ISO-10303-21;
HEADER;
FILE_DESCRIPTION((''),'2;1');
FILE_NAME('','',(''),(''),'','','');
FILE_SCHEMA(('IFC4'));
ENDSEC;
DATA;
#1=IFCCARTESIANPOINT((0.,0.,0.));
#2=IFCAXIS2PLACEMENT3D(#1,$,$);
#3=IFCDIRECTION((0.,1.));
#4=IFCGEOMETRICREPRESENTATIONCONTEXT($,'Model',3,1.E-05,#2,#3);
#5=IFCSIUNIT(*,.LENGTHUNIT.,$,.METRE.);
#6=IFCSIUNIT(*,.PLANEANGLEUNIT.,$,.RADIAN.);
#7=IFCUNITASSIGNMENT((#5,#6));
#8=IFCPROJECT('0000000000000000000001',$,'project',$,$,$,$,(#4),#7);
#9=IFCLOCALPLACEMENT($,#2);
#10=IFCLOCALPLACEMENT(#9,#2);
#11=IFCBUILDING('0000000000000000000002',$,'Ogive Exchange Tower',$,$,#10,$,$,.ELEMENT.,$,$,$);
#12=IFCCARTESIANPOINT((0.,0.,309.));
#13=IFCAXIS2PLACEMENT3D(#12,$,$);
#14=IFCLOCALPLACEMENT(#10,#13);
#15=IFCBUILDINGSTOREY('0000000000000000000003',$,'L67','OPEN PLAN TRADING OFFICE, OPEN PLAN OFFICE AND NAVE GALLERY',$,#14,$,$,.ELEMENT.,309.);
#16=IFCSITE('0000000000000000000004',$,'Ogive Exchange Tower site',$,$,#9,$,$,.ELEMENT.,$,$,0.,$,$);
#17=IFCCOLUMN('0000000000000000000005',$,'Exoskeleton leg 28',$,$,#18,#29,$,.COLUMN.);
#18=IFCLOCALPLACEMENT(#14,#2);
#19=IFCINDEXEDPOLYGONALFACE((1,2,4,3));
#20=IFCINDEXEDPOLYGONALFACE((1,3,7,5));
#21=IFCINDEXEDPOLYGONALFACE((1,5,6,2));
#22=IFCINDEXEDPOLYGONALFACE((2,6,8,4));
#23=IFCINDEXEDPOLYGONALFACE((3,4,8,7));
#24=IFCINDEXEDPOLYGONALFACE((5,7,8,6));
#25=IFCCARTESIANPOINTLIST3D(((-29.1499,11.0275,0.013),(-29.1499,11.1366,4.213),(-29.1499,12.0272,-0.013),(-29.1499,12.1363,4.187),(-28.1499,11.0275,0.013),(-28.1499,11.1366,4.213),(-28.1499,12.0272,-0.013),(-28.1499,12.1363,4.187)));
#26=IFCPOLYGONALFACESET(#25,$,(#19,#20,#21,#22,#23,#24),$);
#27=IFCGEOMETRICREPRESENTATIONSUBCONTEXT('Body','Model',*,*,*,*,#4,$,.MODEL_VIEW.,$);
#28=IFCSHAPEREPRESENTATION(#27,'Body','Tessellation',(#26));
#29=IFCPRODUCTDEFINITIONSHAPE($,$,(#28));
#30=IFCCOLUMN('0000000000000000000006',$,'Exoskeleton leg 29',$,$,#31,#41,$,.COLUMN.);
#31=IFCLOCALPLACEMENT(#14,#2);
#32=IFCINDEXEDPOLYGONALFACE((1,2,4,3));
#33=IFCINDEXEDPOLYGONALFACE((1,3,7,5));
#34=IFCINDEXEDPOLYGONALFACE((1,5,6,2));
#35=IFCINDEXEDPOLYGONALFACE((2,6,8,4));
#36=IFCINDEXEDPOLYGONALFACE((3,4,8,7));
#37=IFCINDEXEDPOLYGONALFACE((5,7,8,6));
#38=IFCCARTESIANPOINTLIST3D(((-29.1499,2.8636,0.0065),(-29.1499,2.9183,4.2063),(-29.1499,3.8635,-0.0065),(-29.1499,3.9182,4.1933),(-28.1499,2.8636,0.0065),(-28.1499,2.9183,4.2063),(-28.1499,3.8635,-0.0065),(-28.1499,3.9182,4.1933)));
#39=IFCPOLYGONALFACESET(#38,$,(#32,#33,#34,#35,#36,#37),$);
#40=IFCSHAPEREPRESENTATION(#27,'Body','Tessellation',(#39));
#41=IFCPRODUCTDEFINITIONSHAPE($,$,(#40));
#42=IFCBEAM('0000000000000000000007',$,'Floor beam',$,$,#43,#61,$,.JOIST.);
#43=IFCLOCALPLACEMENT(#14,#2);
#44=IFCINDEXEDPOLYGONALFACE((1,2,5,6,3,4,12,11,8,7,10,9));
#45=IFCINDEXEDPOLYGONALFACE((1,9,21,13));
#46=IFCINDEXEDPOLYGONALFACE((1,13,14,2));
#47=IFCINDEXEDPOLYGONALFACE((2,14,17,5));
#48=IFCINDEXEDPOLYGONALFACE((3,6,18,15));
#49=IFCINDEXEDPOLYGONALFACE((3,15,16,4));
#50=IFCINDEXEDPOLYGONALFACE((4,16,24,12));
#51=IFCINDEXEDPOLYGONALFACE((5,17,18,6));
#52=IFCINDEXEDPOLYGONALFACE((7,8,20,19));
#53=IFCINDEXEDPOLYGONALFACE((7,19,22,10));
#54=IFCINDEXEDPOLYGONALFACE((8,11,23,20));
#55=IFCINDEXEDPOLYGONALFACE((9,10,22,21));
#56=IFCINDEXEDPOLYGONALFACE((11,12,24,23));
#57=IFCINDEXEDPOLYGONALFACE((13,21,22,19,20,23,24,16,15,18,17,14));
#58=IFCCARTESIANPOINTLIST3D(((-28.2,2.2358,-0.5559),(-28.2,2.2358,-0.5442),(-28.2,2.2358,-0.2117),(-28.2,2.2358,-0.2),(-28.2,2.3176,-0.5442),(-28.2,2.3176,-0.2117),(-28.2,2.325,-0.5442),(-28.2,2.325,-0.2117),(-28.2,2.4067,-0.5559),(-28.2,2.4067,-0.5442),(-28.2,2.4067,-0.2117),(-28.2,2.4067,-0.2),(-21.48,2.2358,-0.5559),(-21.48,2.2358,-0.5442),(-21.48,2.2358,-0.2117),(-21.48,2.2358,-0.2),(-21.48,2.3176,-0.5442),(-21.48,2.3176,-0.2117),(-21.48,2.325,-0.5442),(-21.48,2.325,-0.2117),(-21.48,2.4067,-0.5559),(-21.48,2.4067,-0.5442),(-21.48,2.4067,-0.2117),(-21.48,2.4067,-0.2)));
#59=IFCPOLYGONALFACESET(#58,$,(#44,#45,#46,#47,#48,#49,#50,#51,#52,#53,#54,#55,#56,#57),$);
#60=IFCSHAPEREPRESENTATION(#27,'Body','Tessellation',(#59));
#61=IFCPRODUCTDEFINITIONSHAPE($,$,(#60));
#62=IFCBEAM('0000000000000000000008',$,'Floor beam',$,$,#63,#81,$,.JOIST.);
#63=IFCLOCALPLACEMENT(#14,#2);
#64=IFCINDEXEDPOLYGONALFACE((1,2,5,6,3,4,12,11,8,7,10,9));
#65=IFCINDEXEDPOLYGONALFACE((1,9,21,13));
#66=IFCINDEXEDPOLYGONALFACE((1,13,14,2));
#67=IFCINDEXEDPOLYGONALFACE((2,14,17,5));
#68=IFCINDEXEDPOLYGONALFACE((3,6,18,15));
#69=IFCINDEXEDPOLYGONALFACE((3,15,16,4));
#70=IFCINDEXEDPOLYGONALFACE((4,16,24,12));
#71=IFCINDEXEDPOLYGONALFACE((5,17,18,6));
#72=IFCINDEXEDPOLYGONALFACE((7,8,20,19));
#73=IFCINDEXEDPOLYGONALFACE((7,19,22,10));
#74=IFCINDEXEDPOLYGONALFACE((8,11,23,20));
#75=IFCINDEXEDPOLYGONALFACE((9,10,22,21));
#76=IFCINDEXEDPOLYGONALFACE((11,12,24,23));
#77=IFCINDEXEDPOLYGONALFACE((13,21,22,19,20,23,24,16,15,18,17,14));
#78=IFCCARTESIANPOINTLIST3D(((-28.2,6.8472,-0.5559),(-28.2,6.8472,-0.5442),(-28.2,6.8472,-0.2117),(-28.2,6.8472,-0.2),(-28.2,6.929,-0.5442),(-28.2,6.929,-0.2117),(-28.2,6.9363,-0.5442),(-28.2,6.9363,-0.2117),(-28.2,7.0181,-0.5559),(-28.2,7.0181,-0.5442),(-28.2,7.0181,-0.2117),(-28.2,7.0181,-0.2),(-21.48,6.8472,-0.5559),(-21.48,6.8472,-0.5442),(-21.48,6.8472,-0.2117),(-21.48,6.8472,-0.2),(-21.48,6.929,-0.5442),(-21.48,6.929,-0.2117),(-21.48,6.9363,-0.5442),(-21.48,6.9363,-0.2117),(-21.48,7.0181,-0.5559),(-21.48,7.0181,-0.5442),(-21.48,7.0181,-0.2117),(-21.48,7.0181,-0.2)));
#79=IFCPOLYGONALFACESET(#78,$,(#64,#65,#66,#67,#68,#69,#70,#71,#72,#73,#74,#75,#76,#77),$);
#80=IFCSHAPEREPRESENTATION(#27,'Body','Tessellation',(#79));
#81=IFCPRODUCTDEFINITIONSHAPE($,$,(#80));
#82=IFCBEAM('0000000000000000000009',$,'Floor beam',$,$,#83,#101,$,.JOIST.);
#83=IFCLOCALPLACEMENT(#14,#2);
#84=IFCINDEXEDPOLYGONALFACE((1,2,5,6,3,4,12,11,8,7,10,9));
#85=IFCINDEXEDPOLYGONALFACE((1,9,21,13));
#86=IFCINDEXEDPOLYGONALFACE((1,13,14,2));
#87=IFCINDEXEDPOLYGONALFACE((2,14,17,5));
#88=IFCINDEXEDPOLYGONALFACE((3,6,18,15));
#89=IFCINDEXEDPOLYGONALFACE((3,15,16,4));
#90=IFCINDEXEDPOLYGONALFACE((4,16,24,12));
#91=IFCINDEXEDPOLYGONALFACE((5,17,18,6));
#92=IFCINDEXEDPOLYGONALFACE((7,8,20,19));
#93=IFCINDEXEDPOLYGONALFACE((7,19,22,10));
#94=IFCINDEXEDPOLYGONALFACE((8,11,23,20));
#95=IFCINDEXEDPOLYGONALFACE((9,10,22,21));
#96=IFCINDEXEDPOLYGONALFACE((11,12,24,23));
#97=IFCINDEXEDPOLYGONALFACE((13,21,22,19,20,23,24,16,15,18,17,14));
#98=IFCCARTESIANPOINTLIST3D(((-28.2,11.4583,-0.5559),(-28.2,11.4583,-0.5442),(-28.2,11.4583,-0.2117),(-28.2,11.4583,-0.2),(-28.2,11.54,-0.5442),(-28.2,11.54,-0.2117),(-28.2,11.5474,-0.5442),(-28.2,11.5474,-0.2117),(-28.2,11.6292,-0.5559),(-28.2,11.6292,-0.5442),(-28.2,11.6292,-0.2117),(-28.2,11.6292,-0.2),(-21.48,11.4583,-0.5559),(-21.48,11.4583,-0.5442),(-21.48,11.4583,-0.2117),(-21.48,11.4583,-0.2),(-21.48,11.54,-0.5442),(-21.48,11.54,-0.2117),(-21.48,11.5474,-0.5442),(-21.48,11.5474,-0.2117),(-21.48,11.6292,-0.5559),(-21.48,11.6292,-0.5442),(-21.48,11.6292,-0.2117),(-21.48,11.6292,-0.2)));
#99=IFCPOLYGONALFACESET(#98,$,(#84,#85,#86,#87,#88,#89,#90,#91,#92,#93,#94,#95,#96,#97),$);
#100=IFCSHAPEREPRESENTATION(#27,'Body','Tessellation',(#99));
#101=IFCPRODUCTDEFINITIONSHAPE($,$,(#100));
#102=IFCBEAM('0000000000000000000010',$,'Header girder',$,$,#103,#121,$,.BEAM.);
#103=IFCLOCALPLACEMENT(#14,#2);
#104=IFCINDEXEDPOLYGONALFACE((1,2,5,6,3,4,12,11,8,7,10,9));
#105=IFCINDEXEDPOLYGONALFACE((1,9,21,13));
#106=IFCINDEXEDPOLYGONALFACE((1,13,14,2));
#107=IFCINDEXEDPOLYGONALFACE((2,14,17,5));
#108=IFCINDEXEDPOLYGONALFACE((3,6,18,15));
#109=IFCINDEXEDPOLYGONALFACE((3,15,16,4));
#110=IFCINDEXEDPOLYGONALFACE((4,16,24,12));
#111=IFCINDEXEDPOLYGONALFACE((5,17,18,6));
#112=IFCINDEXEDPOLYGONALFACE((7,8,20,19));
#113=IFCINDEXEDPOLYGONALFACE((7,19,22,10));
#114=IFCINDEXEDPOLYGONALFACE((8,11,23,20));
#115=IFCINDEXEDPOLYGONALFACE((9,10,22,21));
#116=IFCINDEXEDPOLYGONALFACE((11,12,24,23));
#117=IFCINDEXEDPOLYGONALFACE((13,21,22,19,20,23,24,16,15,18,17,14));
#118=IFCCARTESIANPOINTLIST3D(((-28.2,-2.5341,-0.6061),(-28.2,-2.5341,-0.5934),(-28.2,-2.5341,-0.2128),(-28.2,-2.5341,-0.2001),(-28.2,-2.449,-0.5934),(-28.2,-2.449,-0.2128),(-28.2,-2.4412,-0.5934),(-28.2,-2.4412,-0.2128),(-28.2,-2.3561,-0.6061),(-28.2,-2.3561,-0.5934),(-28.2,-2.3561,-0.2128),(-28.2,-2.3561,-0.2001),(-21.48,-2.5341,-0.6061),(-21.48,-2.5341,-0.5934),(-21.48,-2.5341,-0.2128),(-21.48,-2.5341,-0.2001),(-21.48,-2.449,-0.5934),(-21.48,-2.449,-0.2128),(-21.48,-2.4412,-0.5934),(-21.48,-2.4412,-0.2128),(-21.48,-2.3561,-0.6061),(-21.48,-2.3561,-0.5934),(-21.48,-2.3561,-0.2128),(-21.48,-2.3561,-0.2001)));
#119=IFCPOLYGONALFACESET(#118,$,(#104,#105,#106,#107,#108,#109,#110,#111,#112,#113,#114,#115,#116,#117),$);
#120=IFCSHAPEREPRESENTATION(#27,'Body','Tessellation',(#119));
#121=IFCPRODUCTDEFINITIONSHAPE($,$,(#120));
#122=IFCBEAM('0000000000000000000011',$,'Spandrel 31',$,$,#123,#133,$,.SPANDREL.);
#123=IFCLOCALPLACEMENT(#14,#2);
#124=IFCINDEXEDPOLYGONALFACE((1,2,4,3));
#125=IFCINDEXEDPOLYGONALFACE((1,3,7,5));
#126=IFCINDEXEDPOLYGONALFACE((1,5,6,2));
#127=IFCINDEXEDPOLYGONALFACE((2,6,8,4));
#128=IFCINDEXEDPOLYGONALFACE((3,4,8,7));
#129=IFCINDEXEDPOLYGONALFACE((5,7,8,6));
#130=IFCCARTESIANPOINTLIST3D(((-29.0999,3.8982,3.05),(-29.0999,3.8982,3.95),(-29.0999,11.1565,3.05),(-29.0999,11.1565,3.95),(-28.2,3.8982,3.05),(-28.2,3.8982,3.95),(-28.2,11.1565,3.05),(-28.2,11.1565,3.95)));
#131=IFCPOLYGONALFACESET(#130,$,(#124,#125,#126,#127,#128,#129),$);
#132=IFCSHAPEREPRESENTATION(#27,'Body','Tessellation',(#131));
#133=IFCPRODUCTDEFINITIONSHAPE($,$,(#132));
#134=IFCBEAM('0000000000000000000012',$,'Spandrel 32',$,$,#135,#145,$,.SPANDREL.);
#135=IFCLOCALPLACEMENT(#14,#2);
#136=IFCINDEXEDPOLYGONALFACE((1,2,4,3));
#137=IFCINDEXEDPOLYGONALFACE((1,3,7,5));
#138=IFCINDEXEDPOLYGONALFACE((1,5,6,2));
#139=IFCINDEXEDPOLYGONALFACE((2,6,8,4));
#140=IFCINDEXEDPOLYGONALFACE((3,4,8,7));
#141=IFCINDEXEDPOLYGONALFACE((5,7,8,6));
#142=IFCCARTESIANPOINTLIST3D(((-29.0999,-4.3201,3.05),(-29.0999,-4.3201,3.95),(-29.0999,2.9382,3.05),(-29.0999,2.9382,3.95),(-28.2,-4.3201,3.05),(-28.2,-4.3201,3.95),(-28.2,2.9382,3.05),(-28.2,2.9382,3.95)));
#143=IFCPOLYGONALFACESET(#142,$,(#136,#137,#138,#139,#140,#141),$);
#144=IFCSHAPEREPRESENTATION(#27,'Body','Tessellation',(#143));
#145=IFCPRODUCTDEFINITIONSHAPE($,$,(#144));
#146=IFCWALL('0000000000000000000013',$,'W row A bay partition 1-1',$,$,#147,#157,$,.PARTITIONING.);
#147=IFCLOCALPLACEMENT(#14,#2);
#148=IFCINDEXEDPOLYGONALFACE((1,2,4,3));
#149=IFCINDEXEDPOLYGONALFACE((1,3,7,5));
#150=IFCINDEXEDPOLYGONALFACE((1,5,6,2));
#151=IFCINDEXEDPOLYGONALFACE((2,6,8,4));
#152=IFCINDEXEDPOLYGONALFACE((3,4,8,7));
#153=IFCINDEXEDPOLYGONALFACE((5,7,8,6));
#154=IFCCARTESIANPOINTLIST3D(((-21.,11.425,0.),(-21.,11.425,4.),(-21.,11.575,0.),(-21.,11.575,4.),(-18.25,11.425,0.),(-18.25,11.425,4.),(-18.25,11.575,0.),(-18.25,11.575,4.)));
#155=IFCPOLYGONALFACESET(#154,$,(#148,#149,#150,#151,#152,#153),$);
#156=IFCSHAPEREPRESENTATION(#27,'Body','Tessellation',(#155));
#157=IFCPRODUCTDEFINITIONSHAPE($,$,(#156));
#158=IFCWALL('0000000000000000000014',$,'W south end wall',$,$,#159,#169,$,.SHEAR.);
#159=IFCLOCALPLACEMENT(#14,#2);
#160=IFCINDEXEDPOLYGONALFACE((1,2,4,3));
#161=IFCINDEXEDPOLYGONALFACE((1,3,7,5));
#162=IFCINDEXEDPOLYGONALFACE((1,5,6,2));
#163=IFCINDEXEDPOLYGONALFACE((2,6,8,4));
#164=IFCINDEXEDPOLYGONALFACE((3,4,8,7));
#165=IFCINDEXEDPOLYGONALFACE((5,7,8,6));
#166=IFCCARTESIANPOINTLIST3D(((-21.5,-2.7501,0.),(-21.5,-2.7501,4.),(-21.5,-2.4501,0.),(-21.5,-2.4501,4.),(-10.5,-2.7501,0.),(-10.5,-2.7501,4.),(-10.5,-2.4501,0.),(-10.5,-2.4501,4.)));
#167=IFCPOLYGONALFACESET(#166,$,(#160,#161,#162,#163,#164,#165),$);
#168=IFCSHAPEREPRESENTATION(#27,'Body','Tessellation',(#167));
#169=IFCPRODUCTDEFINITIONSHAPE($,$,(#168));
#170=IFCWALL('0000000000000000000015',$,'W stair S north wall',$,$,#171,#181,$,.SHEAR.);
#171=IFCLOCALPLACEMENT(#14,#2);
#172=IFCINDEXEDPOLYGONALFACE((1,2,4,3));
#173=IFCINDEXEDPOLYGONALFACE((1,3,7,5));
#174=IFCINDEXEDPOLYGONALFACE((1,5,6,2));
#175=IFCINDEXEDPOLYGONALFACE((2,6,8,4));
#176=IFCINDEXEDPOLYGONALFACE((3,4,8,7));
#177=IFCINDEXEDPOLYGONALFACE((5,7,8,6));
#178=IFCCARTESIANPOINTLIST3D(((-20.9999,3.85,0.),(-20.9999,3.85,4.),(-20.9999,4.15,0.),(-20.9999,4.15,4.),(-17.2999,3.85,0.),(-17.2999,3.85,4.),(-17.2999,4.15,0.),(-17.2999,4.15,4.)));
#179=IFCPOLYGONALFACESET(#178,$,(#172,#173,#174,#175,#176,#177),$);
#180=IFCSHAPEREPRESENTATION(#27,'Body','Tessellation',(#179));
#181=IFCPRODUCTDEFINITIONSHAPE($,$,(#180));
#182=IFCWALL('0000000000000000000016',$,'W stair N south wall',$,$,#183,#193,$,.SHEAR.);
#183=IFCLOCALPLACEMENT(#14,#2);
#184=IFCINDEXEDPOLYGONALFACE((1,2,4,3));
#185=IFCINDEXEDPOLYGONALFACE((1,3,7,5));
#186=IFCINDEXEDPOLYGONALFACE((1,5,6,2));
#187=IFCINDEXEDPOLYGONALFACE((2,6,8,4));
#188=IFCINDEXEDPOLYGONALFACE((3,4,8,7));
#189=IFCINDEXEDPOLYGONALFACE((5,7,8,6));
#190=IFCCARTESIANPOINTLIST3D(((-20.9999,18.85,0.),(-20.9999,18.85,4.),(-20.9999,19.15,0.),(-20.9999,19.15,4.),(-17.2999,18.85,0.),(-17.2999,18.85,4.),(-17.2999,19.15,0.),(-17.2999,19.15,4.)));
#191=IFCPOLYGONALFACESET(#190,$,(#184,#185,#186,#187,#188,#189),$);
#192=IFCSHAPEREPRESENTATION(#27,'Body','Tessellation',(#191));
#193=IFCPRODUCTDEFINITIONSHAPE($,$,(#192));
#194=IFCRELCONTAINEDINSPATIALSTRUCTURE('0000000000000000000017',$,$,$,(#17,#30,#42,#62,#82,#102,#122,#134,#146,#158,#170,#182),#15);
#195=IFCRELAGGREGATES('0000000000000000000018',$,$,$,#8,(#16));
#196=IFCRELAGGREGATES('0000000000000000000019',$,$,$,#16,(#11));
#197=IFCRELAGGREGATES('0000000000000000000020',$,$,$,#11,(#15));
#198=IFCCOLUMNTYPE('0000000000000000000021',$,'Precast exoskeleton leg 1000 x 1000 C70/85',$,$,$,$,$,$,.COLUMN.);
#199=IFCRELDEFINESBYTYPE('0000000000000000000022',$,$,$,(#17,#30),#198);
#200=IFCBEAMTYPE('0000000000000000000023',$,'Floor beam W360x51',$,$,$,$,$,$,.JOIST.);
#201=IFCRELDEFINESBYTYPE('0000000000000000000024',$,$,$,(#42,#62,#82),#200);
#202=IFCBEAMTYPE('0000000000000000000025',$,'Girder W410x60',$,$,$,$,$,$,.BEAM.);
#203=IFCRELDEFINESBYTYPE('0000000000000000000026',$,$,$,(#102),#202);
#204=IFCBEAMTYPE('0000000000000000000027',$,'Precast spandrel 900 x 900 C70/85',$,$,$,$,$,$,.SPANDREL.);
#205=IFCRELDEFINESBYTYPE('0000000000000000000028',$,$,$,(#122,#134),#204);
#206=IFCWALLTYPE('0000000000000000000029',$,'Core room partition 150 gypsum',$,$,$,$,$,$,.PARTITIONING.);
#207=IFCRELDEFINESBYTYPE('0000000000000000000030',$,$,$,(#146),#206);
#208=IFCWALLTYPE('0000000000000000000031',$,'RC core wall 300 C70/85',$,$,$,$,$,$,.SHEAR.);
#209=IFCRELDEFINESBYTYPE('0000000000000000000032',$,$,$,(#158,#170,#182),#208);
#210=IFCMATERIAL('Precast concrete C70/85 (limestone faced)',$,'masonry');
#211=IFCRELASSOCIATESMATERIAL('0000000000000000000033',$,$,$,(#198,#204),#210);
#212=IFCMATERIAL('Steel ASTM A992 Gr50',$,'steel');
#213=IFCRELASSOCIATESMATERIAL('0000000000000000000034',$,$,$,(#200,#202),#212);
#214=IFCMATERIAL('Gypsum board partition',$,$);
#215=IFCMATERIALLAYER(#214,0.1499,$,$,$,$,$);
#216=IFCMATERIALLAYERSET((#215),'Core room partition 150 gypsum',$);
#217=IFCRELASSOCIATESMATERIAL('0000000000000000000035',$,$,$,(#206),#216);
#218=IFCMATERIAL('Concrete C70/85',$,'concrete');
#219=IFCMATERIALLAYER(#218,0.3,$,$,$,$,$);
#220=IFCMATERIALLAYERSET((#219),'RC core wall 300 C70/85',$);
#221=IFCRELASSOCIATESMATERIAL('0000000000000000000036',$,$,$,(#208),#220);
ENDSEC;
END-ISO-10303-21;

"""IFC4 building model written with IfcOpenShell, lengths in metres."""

from ifc_helpers import new_model, si_unit, direction, frame, frame_2d, origin, origin_2d, place, context, subcontext, project, spatial, rectangle, i_section, extrude, material, layer, layer_set, material_profile, profile_set, type_object, element, save


model = new_model("IFC4")

# Units and contexts
model_context = context("Model", 3, precision=1e-05, world=origin(), true_north=direction((0.0, 1.0)))
body_context = subcontext(model_context, "Body", "Model", "MODEL_VIEW")
ifc_project = project(units=[si_unit("LENGTHUNIT", "METRE"), si_unit("PLANEANGLEUNIT", "RADIAN")], contexts=[model_context])

# Site, building, storey
site_placement = place(None, origin())
site = spatial("IfcSite", under=ifc_project, at=site_placement, Name="Ogive Exchange Tower site", CompositionType="ELEMENT", RefElevation=0.0)
building_placement = place(site_placement, origin())
building = spatial("IfcBuilding", under=site, at=building_placement, Name="Ogive Exchange Tower", CompositionType="ELEMENT")
storey_placement = place(building_placement, frame((0.0, 0.0, 309.0)))
storey = spatial("IfcBuildingStorey", under=building, at=storey_placement, Name="L67", Description="OPEN PLAN TRADING OFFICE, OPEN PLAN OFFICE AND NAVE GALLERY", CompositionType="ELEMENT", Elevation=309.0)

# Columns
ifc_material_1 = material(Name="Precast concrete C70/85 (limestone faced)", Category="masonry")
ifc_material_profile_1 = material_profile(ifc_material_1, rectangle(XDim=1.0, YDim=1.0, at=origin_2d()), Name="1000 x 1000")
ifc_profile_set_1 = profile_set([ifc_material_profile_1], Name="Precast concrete C70/85 (limestone faced)")
column_type = type_object("IfcColumnType", Name="Precast exoskeleton leg 1000 x 1000 C70/85", PredefinedType="COLUMN", material=ifc_profile_set_1)
column_1_placement = place(storey_placement, frame((-28.6499, 11.5273, 0.0), z_axis=(0.0, 0.025975, 0.999663), x_axis=(-1.0, 0.0, 0.0)))
element("IfcColumn", 1, at=column_1_placement, inside=storey, type_object=column_type, Name="Exoskeleton leg 28", PredefinedType="COLUMN", context=body_context, shape_type="SweptSolid", body=[
    extrude(rectangle(XDim=1.0, YDim=1.0, at=origin_2d()), origin(), (0.0, 0.0, 1.0), 4.2014),
])
column_2_placement = place(storey_placement, frame((-28.6499, 3.3635, 0.0), z_axis=(0.0, 0.01302, 0.999915), x_axis=(-1.0, 0.0, 0.0)))
element("IfcColumn", 2, at=column_2_placement, inside=storey, type_object=column_type, Name="Exoskeleton leg 29", PredefinedType="COLUMN", context=body_context, shape_type="SweptSolid", body=[
    extrude(rectangle(XDim=1.0, YDim=1.0, at=origin_2d()), origin(), (0.0, 0.0, 1.0), 4.2002),
])

# Beams
ifc_material_2 = material(Name="Steel ASTM A992 Gr50", Category="steel")
ifc_material_profile_2 = material_profile(ifc_material_2, i_section(OverallWidth=0.1709, OverallDepth=0.356, WebThickness=0.0073, FlangeThickness=0.0117, at=origin_2d()), Name="W360x51")
ifc_profile_set_2 = profile_set([ifc_material_profile_2], Name="Steel ASTM A992 Gr50")
beam_type_1 = type_object("IfcBeamType", Name="Floor beam W360x51", PredefinedType="JOIST", material=ifc_profile_set_2)
for number, where, z_axis, x_axis, name in (
    (3, (-28.2, 2.3213, -0.3779), (1.0, 0.0, 0.0), (0.0, 1.0, 0.0), "Floor beam"),
    (4, (-28.2, 6.9326, -0.3779), (1.0, 0.0, 0.0), (0.0, 1.0, 0.0), "Floor beam"),
    (5, (-28.2, 11.5437, -0.3779), (1.0, 0.0, 0.0), (0.0, 1.0, 0.0), "Floor beam"),
):
    element("IfcBeam", number, at=place(storey_placement, frame(where, z_axis=z_axis, x_axis=x_axis)), inside=storey, type_object=beam_type_1, Name=name, PredefinedType="JOIST", context=body_context, shape_type="SweptSolid", body=[
        extrude(i_section(OverallWidth=0.1709, OverallDepth=0.356, WebThickness=0.0073, FlangeThickness=0.0117, at=origin_2d()), origin(), (0.0, 0.0, 1.0), 6.72),
    ])
ifc_material_profile_3 = material_profile(ifc_material_2, i_section(OverallWidth=0.178, OverallDepth=0.406, WebThickness=0.0078, FlangeThickness=0.0127, at=origin_2d()), Name="W410x60")
ifc_profile_set_3 = profile_set([ifc_material_profile_3], Name="Steel ASTM A992 Gr50")
beam_type_2 = type_object("IfcBeamType", Name="Girder W410x60", PredefinedType="BEAM", material=ifc_profile_set_3)
beam_placement = place(storey_placement, frame((-28.2, -2.4451, -0.4031), z_axis=(1.0, 0.0, 0.0), x_axis=(0.0, 1.0, 0.0)))
element("IfcBeam", 6, at=beam_placement, inside=storey, type_object=beam_type_2, Name="Header girder", PredefinedType="BEAM", context=body_context, shape_type="SweptSolid", body=[
    extrude(i_section(OverallWidth=0.178, OverallDepth=0.406, WebThickness=0.0078, FlangeThickness=0.0127, at=origin_2d()), origin(), (0.0, 0.0, 1.0), 6.72),
])
ifc_material_profile_4 = material_profile(ifc_material_1, rectangle(XDim=0.8999, YDim=0.8999, at=origin_2d()), Name="900 x 900")
ifc_profile_set_4 = profile_set([ifc_material_profile_4], Name="Precast concrete C70/85 (limestone faced)")
beam_type_3 = type_object("IfcBeamType", Name="Precast spandrel 900 x 900 C70/85", PredefinedType="SPANDREL", material=ifc_profile_set_4)
for number, where, z_axis, x_axis, name in (
    (7, (-28.6499, 11.1565, 3.5), (0.0, -1.0, 0.0), (1.0, 0.0, 0.0), "Spandrel 31"),
    (8, (-28.6499, 2.9382, 3.5), (0.0, -1.0, 0.0), (1.0, 0.0, 0.0), "Spandrel 32"),
):
    element("IfcBeam", number, at=place(storey_placement, frame(where, z_axis=z_axis, x_axis=x_axis)), inside=storey, type_object=beam_type_3, Name=name, PredefinedType="SPANDREL", context=body_context, shape_type="SweptSolid", body=[
        extrude(rectangle(XDim=0.8999, YDim=0.8999, at=origin_2d()), origin(), (0.0, 0.0, 1.0), 7.2583),
    ])

# Walls
ifc_material_3 = material(Name="Gypsum board partition")
ifc_layer_1 = layer(ifc_material_3, 0.1499)
ifc_layer_set_1 = layer_set([ifc_layer_1], Name="Core room partition 150 gypsum")
wall_type_1 = type_object("IfcWallType", Name="Core room partition 150 gypsum", PredefinedType="PARTITIONING", material=ifc_layer_set_1)
wall_1_placement = place(storey_placement, frame((-21.0, 11.5, 0.0), z_axis=(0.0, 0.0, 1.0), x_axis=(1.0, 0.0, 0.0)))
element("IfcWall", 9, at=wall_1_placement, inside=storey, type_object=wall_type_1, Name="W row A bay partition 1-1", PredefinedType="PARTITIONING", context=body_context, shape_type="SweptSolid", body=[
    extrude(rectangle(XDim=2.75, YDim=0.1499, at=frame_2d((1.375, 0.0))), origin(), (0.0, 0.0, 1.0), 4.0),
])
ifc_material_4 = material(Name="Concrete C70/85", Category="concrete")
ifc_layer_2 = layer(ifc_material_4, 0.3)
ifc_layer_set_2 = layer_set([ifc_layer_2], Name="RC core wall 300 C70/85")
wall_type_2 = type_object("IfcWallType", Name="RC core wall 300 C70/85", PredefinedType="SHEAR", material=ifc_layer_set_2)
wall_2_placement = place(storey_placement, frame((-21.5, -2.6001, 0.0), z_axis=(0.0, 0.0, 1.0), x_axis=(1.0, 0.0, 0.0)))
element("IfcWall", 10, at=wall_2_placement, inside=storey, type_object=wall_type_2, Name="W south end wall", PredefinedType="SHEAR", context=body_context, shape_type="SweptSolid", body=[
    extrude(rectangle(XDim=11.0, YDim=0.3, at=frame_2d((5.5, 0.0))), origin(), (0.0, 0.0, 1.0), 4.0),
])
for number, where, z_axis, x_axis, name in (
    (11, (-21.0, 4.0, 0.0), (0.0, 0.0, 1.0), (1.0, 0.0, 0.0), "W stair S north wall"),
    (12, (-21.0, 19.0, 0.0), (0.0, 0.0, 1.0), (1.0, 0.0, 0.0), "W stair N south wall"),
):
    element("IfcWall", number, at=place(storey_placement, frame(where, z_axis=z_axis, x_axis=x_axis)), inside=storey, type_object=wall_type_2, Name=name, PredefinedType="SHEAR", context=body_context, shape_type="SweptSolid", body=[
        extrude(rectangle(XDim=3.7, YDim=0.3, at=frame_2d((1.8501, 0.0))), origin(), (0.0, 0.0, 1.0), 4.0),
    ])

save(model, "model.ifc")
